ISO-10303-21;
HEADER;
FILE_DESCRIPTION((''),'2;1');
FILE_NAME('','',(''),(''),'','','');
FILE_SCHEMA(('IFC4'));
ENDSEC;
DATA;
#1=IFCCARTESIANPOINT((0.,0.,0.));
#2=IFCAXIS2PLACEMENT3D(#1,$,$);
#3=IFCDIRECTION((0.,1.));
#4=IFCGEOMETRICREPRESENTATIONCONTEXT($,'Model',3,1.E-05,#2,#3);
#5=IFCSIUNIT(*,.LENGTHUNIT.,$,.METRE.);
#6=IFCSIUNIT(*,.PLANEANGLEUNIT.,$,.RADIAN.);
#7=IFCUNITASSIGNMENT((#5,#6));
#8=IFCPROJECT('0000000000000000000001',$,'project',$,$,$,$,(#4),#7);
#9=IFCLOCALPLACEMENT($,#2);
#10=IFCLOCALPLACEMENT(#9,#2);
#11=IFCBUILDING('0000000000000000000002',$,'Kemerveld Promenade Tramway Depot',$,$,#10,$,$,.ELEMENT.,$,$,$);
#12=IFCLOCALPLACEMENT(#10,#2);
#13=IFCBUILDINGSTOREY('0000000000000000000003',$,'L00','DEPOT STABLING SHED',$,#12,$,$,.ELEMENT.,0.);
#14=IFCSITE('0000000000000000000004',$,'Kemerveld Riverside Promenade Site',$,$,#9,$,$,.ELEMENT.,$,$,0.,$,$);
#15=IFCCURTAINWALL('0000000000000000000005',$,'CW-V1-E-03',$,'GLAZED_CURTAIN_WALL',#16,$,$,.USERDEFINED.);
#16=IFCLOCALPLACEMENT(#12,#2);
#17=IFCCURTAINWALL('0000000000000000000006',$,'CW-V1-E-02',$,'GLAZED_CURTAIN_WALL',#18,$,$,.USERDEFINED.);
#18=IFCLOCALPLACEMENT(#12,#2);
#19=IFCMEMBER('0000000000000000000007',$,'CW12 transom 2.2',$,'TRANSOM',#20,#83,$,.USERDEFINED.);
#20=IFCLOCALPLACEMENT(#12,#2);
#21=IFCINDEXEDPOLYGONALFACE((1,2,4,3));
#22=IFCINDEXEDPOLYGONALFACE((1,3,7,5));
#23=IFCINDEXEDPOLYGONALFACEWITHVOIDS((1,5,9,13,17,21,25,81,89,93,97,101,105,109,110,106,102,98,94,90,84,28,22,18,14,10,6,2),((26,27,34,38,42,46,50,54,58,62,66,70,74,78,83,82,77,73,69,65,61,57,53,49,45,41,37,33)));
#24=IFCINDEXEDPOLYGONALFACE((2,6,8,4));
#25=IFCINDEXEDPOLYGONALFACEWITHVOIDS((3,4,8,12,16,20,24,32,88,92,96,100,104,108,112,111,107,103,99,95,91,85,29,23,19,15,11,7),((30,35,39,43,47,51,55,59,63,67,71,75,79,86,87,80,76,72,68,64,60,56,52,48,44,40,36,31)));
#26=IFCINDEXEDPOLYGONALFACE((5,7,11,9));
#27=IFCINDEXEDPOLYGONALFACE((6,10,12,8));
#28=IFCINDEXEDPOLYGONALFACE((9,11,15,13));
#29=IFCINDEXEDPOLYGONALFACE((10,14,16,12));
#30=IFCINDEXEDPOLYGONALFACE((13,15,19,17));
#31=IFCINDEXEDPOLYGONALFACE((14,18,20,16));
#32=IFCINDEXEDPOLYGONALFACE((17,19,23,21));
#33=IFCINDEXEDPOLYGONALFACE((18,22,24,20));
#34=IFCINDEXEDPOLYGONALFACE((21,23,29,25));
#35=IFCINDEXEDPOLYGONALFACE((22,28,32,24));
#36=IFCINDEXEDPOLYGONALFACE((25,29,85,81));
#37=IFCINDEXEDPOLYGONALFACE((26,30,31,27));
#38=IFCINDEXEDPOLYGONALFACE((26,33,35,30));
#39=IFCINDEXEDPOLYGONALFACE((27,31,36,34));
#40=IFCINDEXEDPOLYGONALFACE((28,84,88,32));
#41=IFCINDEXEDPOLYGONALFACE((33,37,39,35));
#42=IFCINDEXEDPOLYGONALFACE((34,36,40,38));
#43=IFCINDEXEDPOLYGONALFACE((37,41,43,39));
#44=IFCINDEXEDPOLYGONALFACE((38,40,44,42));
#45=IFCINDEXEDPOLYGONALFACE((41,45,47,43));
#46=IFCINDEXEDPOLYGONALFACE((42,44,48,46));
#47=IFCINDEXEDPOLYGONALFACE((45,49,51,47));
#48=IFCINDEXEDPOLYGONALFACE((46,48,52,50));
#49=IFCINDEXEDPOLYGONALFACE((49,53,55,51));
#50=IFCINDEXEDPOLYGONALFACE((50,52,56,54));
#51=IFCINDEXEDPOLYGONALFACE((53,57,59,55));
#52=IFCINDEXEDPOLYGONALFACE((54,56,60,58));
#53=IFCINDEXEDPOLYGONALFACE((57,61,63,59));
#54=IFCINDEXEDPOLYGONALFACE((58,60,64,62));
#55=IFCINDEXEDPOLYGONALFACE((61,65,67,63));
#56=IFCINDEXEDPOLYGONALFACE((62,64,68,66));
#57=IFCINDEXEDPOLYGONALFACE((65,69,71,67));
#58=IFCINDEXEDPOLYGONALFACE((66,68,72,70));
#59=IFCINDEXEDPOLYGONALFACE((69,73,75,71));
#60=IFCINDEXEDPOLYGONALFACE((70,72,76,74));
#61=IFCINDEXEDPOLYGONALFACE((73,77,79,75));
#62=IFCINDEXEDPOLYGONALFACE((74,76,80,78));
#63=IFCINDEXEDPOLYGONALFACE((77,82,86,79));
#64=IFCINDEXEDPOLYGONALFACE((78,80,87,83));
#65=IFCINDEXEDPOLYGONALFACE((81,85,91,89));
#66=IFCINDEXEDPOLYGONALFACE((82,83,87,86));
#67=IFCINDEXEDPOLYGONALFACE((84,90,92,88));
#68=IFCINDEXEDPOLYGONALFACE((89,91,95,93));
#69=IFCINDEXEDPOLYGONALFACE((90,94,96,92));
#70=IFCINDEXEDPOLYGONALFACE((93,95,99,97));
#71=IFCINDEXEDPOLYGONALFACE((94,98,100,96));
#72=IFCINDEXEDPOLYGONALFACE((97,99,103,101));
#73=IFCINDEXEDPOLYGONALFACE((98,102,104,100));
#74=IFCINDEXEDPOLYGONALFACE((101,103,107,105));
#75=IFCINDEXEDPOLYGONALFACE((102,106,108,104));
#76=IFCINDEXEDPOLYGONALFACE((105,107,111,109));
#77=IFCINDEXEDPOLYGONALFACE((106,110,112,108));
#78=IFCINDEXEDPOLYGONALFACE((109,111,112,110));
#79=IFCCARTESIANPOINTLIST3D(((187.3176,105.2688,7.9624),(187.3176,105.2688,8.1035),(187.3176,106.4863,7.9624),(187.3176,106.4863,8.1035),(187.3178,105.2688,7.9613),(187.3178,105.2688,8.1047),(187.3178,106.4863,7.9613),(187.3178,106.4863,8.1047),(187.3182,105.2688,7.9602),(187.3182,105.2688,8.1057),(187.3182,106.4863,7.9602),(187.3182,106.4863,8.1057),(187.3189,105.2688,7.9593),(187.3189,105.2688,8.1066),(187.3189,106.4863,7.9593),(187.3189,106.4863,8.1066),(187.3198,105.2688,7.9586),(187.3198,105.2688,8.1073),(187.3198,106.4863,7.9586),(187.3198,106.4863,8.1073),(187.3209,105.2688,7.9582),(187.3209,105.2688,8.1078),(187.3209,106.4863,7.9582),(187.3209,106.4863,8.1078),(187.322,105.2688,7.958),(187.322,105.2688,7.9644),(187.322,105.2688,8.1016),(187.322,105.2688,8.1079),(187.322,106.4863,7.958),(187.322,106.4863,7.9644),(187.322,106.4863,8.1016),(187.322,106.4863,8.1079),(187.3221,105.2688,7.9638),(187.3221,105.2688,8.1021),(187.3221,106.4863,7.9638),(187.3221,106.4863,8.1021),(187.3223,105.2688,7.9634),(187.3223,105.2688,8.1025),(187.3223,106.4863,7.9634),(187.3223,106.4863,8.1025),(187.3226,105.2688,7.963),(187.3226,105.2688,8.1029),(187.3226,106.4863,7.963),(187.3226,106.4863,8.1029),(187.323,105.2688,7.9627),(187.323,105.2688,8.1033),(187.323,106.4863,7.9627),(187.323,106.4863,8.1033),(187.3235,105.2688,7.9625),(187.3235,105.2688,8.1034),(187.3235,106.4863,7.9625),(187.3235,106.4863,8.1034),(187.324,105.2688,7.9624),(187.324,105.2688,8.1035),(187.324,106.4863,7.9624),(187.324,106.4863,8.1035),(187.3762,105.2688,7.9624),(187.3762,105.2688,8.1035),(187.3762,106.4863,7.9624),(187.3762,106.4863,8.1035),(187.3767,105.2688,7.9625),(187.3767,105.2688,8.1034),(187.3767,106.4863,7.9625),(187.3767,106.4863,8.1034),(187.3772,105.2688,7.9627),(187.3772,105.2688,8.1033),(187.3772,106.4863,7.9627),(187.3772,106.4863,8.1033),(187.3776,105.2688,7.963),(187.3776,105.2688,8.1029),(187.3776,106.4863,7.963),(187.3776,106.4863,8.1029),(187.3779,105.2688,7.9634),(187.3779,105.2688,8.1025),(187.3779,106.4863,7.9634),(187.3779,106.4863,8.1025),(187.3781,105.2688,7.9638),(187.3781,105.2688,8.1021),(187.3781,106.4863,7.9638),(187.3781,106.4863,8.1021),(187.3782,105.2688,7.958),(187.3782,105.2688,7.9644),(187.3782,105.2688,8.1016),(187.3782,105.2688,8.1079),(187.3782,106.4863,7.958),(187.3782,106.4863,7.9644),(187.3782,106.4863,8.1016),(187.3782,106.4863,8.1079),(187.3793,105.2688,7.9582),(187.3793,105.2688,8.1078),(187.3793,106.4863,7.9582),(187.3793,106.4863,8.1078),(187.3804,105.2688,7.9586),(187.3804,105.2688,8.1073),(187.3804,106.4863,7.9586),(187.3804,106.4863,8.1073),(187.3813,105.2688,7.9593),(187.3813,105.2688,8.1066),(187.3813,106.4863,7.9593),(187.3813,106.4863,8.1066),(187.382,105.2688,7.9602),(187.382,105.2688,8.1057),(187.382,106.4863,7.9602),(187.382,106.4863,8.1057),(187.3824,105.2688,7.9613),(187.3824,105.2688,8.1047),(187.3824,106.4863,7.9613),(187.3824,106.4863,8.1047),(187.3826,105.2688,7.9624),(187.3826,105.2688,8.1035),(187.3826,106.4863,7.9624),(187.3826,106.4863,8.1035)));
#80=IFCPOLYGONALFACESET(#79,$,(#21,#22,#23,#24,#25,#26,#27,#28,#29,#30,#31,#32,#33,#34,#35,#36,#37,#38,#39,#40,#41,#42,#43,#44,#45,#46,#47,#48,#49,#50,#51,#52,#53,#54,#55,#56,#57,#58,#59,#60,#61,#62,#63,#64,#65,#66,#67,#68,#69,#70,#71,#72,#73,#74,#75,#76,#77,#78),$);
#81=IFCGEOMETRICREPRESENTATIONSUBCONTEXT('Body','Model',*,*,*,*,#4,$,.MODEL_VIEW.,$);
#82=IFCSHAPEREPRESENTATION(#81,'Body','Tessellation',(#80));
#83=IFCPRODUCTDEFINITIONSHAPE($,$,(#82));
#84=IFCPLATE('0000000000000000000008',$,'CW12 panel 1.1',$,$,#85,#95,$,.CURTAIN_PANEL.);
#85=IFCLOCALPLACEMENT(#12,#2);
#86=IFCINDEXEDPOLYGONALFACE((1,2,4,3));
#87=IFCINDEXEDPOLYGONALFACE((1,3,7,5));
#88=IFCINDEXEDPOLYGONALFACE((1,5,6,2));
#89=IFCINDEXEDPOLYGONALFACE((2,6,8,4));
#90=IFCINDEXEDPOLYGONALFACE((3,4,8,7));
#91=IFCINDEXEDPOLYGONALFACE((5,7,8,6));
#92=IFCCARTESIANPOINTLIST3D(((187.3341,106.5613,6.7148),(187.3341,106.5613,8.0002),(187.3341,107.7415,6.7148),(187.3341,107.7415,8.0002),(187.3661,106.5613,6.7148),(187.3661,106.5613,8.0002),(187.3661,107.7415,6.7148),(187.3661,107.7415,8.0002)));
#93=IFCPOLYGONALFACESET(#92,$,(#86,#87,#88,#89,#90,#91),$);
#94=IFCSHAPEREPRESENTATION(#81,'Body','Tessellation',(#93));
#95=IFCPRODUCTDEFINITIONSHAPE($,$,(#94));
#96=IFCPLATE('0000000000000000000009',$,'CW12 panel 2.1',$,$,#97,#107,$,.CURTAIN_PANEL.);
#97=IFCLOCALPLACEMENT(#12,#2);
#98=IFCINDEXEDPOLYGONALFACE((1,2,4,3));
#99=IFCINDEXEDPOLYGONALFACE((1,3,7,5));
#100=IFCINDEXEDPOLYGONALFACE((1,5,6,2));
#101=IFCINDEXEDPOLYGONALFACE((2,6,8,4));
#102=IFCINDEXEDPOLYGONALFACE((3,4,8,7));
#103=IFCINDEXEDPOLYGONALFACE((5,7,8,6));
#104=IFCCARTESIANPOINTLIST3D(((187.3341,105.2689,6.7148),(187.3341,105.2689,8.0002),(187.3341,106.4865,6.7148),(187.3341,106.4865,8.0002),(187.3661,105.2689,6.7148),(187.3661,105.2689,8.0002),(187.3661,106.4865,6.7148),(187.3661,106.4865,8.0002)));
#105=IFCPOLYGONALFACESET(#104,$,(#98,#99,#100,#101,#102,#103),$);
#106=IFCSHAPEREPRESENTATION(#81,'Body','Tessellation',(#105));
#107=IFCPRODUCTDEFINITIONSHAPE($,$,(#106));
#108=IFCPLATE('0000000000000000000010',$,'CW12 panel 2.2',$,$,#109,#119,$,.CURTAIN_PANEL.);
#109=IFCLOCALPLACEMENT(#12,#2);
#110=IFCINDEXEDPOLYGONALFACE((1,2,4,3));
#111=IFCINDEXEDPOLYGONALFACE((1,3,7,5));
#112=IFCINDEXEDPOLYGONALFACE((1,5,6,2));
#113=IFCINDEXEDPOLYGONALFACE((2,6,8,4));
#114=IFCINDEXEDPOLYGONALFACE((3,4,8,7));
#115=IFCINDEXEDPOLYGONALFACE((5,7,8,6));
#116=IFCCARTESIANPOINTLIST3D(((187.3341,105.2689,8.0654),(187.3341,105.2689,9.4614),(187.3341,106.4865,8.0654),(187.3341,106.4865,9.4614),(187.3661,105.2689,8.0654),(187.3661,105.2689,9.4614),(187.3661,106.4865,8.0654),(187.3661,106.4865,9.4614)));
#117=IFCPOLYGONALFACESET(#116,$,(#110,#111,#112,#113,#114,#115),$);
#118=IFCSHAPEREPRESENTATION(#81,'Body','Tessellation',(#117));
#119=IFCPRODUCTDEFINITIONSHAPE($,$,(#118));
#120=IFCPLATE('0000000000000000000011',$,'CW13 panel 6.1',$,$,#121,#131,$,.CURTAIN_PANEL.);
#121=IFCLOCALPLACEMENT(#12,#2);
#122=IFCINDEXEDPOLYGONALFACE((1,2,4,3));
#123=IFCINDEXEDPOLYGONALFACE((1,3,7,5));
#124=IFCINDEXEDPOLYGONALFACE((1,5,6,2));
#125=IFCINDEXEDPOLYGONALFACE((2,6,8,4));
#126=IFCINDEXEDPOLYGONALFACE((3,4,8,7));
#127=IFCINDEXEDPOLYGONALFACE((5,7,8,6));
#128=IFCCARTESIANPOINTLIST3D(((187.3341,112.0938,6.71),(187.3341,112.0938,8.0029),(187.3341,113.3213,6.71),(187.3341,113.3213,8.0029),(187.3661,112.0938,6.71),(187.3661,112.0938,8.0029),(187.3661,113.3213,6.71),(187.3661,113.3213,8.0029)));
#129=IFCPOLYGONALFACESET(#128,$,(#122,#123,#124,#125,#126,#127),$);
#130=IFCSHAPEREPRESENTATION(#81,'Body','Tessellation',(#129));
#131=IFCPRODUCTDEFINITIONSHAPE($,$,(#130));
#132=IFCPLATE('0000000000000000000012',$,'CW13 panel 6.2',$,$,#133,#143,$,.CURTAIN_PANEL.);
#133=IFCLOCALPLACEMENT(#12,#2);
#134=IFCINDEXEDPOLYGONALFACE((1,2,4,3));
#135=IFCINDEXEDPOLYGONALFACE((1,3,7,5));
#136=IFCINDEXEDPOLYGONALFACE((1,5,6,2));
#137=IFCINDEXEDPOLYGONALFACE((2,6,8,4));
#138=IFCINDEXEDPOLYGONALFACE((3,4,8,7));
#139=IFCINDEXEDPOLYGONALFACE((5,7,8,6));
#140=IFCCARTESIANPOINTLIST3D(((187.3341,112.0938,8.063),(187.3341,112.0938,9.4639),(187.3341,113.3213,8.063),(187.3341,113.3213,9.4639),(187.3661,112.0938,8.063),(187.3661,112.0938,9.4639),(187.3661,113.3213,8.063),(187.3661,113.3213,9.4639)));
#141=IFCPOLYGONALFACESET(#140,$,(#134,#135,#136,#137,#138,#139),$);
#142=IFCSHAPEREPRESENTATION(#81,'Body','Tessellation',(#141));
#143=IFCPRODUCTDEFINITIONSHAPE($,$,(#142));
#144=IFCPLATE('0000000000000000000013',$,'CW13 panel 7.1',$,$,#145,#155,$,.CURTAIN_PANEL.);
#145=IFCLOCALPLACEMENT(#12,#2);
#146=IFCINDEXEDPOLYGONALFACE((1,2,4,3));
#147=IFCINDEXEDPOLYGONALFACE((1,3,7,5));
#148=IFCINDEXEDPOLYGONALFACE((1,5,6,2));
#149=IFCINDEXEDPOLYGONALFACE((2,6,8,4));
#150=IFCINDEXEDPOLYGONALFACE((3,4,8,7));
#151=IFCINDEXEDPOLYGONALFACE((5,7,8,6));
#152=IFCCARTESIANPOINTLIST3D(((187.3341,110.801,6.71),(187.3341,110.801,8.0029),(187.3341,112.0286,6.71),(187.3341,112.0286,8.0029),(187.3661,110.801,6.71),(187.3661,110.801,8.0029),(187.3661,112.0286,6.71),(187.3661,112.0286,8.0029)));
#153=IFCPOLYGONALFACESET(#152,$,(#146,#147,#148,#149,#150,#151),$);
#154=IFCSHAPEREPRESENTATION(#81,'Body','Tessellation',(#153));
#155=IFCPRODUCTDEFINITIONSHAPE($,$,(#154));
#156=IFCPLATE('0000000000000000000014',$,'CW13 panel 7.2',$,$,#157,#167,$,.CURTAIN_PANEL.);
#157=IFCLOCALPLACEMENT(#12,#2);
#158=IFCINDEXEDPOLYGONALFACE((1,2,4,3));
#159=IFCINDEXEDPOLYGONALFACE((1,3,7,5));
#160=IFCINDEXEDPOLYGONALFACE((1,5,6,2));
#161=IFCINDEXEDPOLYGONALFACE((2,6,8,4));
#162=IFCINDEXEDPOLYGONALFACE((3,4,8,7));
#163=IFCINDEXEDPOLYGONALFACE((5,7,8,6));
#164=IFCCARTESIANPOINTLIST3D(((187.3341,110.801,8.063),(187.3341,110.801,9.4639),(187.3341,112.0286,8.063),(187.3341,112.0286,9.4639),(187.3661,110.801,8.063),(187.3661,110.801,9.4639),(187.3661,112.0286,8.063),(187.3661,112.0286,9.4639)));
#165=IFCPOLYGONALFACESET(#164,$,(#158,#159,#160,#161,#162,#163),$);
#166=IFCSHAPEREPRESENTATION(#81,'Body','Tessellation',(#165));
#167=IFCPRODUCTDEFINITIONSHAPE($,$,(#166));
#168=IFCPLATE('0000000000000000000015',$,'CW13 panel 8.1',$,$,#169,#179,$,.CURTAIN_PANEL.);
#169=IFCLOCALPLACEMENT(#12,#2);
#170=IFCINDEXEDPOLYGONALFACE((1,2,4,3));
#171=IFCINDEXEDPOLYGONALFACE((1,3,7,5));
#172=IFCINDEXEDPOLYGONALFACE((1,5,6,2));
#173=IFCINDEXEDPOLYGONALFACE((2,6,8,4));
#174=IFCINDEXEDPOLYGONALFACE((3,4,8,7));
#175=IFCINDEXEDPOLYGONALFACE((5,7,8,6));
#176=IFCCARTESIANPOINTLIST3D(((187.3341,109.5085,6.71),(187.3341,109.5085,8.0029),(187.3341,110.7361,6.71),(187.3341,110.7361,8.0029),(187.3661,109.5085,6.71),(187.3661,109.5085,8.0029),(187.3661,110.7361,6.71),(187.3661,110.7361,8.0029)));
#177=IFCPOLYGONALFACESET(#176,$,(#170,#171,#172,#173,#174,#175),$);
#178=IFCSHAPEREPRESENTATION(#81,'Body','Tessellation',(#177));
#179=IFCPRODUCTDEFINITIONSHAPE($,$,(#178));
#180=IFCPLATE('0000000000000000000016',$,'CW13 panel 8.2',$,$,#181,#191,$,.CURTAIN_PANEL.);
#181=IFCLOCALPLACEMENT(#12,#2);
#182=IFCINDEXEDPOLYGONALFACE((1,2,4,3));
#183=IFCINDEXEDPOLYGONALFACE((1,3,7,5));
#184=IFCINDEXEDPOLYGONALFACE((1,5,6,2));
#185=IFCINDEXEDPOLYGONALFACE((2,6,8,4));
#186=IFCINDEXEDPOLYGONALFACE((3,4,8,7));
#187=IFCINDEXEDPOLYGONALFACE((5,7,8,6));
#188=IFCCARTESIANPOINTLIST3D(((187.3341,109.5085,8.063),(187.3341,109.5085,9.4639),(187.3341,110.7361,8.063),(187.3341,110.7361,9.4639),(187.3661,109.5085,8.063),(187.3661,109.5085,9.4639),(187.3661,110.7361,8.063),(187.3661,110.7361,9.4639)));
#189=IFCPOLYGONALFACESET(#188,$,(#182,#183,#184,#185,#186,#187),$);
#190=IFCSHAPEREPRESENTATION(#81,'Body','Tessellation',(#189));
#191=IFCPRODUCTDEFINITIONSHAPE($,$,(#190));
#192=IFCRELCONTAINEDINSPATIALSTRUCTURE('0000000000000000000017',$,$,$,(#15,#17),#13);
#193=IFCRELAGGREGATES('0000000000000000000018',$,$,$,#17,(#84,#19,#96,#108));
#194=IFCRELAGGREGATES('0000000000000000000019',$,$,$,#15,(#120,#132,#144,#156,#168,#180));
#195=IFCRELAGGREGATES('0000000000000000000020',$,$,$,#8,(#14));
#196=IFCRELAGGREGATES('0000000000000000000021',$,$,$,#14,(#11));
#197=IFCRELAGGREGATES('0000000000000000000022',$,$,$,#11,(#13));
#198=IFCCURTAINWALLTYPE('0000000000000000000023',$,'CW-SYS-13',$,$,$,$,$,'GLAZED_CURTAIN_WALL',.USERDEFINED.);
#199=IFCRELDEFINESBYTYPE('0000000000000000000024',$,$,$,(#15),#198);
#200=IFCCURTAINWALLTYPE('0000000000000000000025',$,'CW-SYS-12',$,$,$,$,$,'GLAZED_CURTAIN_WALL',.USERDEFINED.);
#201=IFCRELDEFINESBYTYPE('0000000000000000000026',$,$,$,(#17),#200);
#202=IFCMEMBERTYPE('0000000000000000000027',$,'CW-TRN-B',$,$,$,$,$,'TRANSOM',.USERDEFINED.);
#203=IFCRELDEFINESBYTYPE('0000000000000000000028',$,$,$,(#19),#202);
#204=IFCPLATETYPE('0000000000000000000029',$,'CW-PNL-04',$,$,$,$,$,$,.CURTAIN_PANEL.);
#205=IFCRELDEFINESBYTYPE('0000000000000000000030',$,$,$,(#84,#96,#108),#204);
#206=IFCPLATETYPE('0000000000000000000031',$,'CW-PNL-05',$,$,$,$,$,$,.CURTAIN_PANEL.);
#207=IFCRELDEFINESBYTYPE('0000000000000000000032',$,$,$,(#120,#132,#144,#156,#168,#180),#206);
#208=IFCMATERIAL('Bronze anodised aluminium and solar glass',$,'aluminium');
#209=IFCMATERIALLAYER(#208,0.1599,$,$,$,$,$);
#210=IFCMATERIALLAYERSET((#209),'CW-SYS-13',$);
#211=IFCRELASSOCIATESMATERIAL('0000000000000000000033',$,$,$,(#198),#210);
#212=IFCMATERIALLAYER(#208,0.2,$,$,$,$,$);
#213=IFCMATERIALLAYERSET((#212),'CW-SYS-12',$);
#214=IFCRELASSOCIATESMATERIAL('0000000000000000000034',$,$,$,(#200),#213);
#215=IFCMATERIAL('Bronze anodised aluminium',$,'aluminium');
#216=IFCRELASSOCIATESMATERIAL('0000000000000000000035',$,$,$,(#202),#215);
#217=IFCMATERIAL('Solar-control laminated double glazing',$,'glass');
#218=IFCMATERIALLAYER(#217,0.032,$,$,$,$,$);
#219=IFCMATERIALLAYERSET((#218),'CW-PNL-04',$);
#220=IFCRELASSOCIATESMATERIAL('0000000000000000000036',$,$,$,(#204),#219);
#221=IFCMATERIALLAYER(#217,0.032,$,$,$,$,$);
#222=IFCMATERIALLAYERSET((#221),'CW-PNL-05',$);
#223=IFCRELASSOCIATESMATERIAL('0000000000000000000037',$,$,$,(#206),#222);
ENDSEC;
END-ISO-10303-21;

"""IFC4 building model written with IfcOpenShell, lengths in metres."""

from ifc_helpers import new_model, si_unit, direction, frame, origin, origin_2d, place, context, subcontext, project, spatial, rectangle, hollow_rectangle, extrude, material, layer, layer_set, material_profile, profile_set, type_object, element, aggregate, save


model = new_model("IFC4")

# Units and contexts
model_context = context("Model", 3, precision=1e-05, world=origin(), true_north=direction((0.0, 1.0)))
body_context = subcontext(model_context, "Body", "Model", "MODEL_VIEW")
ifc_project = project(units=[si_unit("LENGTHUNIT", "METRE"), si_unit("PLANEANGLEUNIT", "RADIAN")], contexts=[model_context])

# Site, building, storey
site_placement = place(None, origin())
site = spatial("IfcSite", under=ifc_project, at=site_placement, Name="Kemerveld Riverside Promenade Site", CompositionType="ELEMENT", RefElevation=0.0)
building_placement = place(site_placement, origin())
building = spatial("IfcBuilding", under=site, at=building_placement, Name="Kemerveld Promenade Tramway Depot", CompositionType="ELEMENT")
storey_placement = place(building_placement, origin())
storey = spatial("IfcBuildingStorey", under=building, at=storey_placement, Name="L00", Description="DEPOT STABLING SHED", CompositionType="ELEMENT", Elevation=0.0)

# Curtain walls
ifc_material_1 = material(Name="Bronze anodised aluminium and solar glass", Category="aluminium")
ifc_layer_1 = layer(ifc_material_1, 0.1599)
ifc_layer_set_1 = layer_set([ifc_layer_1], Name="CW-SYS-13")
curtain_wall_type_1 = type_object("IfcCurtainWallType", Name="CW-SYS-13", ElementType="GLAZED_CURTAIN_WALL", PredefinedType="USERDEFINED", material=ifc_layer_set_1)
curtain_wall_1_placement = place(storey_placement, origin())
curtain_wall_1 = element("IfcCurtainWall", 1, at=curtain_wall_1_placement, inside=storey, type_object=curtain_wall_type_1, Name="CW-V1-E-03", ObjectType="GLAZED_CURTAIN_WALL", PredefinedType="USERDEFINED")
ifc_material_2 = material(Name="Bronze anodised aluminium", Category="aluminium")
ifc_layer_2 = layer(ifc_material_1, 0.2)
ifc_layer_set_2 = layer_set([ifc_layer_2], Name="CW-SYS-12")
curtain_wall_type_2 = type_object("IfcCurtainWallType", Name="CW-SYS-12", ElementType="GLAZED_CURTAIN_WALL", PredefinedType="USERDEFINED", material=ifc_layer_set_2)
curtain_wall_2_placement = place(storey_placement, origin())
curtain_wall_2 = element("IfcCurtainWall", 2, at=curtain_wall_2_placement, inside=storey, type_object=curtain_wall_type_2, Name="CW-V1-E-02", ObjectType="GLAZED_CURTAIN_WALL", PredefinedType="USERDEFINED")

# Member
ifc_material_profile_1 = material_profile(ifc_material_2, hollow_rectangle(XDim=0.0649, YDim=0.1499, WallThickness=0.0044, InnerFilletRadius=0.002, OuterFilletRadius=0.0044, at=origin_2d()), Name="CW-TRN-150x65")
ifc_profile_set_1 = profile_set([ifc_material_profile_1], Name="Bronze anodised aluminium")
member_type_1 = type_object("IfcMemberType", Name="CW-TRN-B", ElementType="TRANSOM", PredefinedType="USERDEFINED", material=ifc_profile_set_1)
member_1_placement = place(storey_placement, frame((187.3501, 106.4863, 8.033), z_axis=(0.0, -1.0, 0.0), x_axis=(1.0, 0.0, 0.0)))
member_1 = element("IfcMember", 3, at=member_1_placement, type_object=member_type_1, Name="CW12 transom 2.2", ObjectType="TRANSOM", PredefinedType="USERDEFINED", context=body_context, shape_type="SweptSolid", body=[
    extrude(hollow_rectangle(XDim=0.0649, YDim=0.1499, WallThickness=0.0044, InnerFilletRadius=0.002, OuterFilletRadius=0.0044, at=origin_2d()), origin(), (0.0, 0.0, 1.0), 1.2175),
])

# Plates
ifc_material_3 = material(Name="Solar-control laminated double glazing", Category="glass")
ifc_layer_3 = layer(ifc_material_3, 0.032)
ifc_layer_set_3 = layer_set([ifc_layer_3], Name="CW-PNL-04")
plate_type_1 = type_object("IfcPlateType", Name="CW-PNL-04", PredefinedType="CURTAIN_PANEL", material=ifc_layer_set_3)
plate_1_placement = place(storey_placement, frame((187.3501, 107.1514, 6.7148), z_axis=(0.0, 0.0, 1.0), x_axis=(0.0, -1.0, 0.0)))
plate_1 = element("IfcPlate", 4, at=plate_1_placement, type_object=plate_type_1, Name="CW12 panel 1.1", PredefinedType="CURTAIN_PANEL", context=body_context, shape_type="SweptSolid", body=[
    extrude(rectangle(XDim=1.1802, YDim=0.032, at=origin_2d()), origin(), (0.0, 0.0, 1.0), 1.2854),
])
plate_2_placement = place(storey_placement, frame((187.3501, 105.8777, 6.7148), z_axis=(0.0, 0.0, 1.0), x_axis=(0.0, -1.0, 0.0)))
plate_2 = element("IfcPlate", 5, at=plate_2_placement, type_object=plate_type_1, Name="CW12 panel 2.1", PredefinedType="CURTAIN_PANEL", context=body_context, shape_type="SweptSolid", body=[
    extrude(rectangle(XDim=1.2175, YDim=0.032, at=origin_2d()), origin(), (0.0, 0.0, 1.0), 1.2854),
])
plate_3_placement = place(storey_placement, frame((187.3501, 105.8777, 8.0654), z_axis=(0.0, 0.0, 1.0), x_axis=(0.0, -1.0, 0.0)))
plate_3 = element("IfcPlate", 6, at=plate_3_placement, type_object=plate_type_1, Name="CW12 panel 2.2", PredefinedType="CURTAIN_PANEL", context=body_context, shape_type="SweptSolid", body=[
    extrude(rectangle(XDim=1.2175, YDim=0.032, at=origin_2d()), origin(), (0.0, 0.0, 1.0), 1.396),
])
aggregate(curtain_wall_2, [plate_1, member_1, plate_2, plate_3])
ifc_layer_4 = layer(ifc_material_3, 0.032)
ifc_layer_set_4 = layer_set([ifc_layer_4], Name="CW-PNL-05")
plate_type_2 = type_object("IfcPlateType", Name="CW-PNL-05", PredefinedType="CURTAIN_PANEL", material=ifc_layer_set_4)
plate_4_placement = place(storey_placement, frame((187.3501, 112.7075, 6.71), z_axis=(0.0, 0.0, 1.0), x_axis=(0.0, -1.0, 0.0)))
plate_4 = element("IfcPlate", 7, at=plate_4_placement, type_object=plate_type_2, Name="CW13 panel 6.1", PredefinedType="CURTAIN_PANEL", context=body_context, shape_type="SweptSolid", body=[
    extrude(rectangle(XDim=1.2275, YDim=0.032, at=origin_2d()), origin(), (0.0, 0.0, 1.0), 1.293),
])
plate_5_placement = place(storey_placement, frame((187.3501, 112.7075, 8.063), z_axis=(0.0, 0.0, 1.0), x_axis=(0.0, -1.0, 0.0)))
plate_5 = element("IfcPlate", 8, at=plate_5_placement, type_object=plate_type_2, Name="CW13 panel 6.2", PredefinedType="CURTAIN_PANEL", context=body_context, shape_type="SweptSolid", body=[
    extrude(rectangle(XDim=1.2275, YDim=0.032, at=origin_2d()), origin(), (0.0, 0.0, 1.0), 1.4009),
])
plate_6_placement = place(storey_placement, frame((187.3501, 111.4148, 6.71), z_axis=(0.0, 0.0, 1.0), x_axis=(0.0, -1.0, 0.0)))
plate_6 = element("IfcPlate", 9, at=plate_6_placement, type_object=plate_type_2, Name="CW13 panel 7.1", PredefinedType="CURTAIN_PANEL", context=body_context, shape_type="SweptSolid", body=[
    extrude(rectangle(XDim=1.2275, YDim=0.032, at=origin_2d()), origin(), (0.0, 0.0, 1.0), 1.293),
])
plate_7_placement = place(storey_placement, frame((187.3501, 111.4148, 8.063), z_axis=(0.0, 0.0, 1.0), x_axis=(0.0, -1.0, 0.0)))
plate_7 = element("IfcPlate", 10, at=plate_7_placement, type_object=plate_type_2, Name="CW13 panel 7.2", PredefinedType="CURTAIN_PANEL", context=body_context, shape_type="SweptSolid", body=[
    extrude(rectangle(XDim=1.2275, YDim=0.032, at=origin_2d()), origin(), (0.0, 0.0, 1.0), 1.4009),
])
plate_8_placement = place(storey_placement, frame((187.3501, 110.1223, 6.71), z_axis=(0.0, 0.0, 1.0), x_axis=(0.0, -1.0, 0.0)))
plate_8 = element("IfcPlate", 11, at=plate_8_placement, type_object=plate_type_2, Name="CW13 panel 8.1", PredefinedType="CURTAIN_PANEL", context=body_context, shape_type="SweptSolid", body=[
    extrude(rectangle(XDim=1.2275, YDim=0.032, at=origin_2d()), origin(), (0.0, 0.0, 1.0), 1.293),
])
plate_9_placement = place(storey_placement, frame((187.3501, 110.1223, 8.063), z_axis=(0.0, 0.0, 1.0), x_axis=(0.0, -1.0, 0.0)))
plate_9 = element("IfcPlate", 12, at=plate_9_placement, type_object=plate_type_2, Name="CW13 panel 8.2", PredefinedType="CURTAIN_PANEL", context=body_context, shape_type="SweptSolid", body=[
    extrude(rectangle(XDim=1.2275, YDim=0.032, at=origin_2d()), origin(), (0.0, 0.0, 1.0), 1.4009),
])
aggregate(curtain_wall_1, [plate_4, plate_5, plate_6, plate_7, plate_8, plate_9])

save(model, "model.ifc")
